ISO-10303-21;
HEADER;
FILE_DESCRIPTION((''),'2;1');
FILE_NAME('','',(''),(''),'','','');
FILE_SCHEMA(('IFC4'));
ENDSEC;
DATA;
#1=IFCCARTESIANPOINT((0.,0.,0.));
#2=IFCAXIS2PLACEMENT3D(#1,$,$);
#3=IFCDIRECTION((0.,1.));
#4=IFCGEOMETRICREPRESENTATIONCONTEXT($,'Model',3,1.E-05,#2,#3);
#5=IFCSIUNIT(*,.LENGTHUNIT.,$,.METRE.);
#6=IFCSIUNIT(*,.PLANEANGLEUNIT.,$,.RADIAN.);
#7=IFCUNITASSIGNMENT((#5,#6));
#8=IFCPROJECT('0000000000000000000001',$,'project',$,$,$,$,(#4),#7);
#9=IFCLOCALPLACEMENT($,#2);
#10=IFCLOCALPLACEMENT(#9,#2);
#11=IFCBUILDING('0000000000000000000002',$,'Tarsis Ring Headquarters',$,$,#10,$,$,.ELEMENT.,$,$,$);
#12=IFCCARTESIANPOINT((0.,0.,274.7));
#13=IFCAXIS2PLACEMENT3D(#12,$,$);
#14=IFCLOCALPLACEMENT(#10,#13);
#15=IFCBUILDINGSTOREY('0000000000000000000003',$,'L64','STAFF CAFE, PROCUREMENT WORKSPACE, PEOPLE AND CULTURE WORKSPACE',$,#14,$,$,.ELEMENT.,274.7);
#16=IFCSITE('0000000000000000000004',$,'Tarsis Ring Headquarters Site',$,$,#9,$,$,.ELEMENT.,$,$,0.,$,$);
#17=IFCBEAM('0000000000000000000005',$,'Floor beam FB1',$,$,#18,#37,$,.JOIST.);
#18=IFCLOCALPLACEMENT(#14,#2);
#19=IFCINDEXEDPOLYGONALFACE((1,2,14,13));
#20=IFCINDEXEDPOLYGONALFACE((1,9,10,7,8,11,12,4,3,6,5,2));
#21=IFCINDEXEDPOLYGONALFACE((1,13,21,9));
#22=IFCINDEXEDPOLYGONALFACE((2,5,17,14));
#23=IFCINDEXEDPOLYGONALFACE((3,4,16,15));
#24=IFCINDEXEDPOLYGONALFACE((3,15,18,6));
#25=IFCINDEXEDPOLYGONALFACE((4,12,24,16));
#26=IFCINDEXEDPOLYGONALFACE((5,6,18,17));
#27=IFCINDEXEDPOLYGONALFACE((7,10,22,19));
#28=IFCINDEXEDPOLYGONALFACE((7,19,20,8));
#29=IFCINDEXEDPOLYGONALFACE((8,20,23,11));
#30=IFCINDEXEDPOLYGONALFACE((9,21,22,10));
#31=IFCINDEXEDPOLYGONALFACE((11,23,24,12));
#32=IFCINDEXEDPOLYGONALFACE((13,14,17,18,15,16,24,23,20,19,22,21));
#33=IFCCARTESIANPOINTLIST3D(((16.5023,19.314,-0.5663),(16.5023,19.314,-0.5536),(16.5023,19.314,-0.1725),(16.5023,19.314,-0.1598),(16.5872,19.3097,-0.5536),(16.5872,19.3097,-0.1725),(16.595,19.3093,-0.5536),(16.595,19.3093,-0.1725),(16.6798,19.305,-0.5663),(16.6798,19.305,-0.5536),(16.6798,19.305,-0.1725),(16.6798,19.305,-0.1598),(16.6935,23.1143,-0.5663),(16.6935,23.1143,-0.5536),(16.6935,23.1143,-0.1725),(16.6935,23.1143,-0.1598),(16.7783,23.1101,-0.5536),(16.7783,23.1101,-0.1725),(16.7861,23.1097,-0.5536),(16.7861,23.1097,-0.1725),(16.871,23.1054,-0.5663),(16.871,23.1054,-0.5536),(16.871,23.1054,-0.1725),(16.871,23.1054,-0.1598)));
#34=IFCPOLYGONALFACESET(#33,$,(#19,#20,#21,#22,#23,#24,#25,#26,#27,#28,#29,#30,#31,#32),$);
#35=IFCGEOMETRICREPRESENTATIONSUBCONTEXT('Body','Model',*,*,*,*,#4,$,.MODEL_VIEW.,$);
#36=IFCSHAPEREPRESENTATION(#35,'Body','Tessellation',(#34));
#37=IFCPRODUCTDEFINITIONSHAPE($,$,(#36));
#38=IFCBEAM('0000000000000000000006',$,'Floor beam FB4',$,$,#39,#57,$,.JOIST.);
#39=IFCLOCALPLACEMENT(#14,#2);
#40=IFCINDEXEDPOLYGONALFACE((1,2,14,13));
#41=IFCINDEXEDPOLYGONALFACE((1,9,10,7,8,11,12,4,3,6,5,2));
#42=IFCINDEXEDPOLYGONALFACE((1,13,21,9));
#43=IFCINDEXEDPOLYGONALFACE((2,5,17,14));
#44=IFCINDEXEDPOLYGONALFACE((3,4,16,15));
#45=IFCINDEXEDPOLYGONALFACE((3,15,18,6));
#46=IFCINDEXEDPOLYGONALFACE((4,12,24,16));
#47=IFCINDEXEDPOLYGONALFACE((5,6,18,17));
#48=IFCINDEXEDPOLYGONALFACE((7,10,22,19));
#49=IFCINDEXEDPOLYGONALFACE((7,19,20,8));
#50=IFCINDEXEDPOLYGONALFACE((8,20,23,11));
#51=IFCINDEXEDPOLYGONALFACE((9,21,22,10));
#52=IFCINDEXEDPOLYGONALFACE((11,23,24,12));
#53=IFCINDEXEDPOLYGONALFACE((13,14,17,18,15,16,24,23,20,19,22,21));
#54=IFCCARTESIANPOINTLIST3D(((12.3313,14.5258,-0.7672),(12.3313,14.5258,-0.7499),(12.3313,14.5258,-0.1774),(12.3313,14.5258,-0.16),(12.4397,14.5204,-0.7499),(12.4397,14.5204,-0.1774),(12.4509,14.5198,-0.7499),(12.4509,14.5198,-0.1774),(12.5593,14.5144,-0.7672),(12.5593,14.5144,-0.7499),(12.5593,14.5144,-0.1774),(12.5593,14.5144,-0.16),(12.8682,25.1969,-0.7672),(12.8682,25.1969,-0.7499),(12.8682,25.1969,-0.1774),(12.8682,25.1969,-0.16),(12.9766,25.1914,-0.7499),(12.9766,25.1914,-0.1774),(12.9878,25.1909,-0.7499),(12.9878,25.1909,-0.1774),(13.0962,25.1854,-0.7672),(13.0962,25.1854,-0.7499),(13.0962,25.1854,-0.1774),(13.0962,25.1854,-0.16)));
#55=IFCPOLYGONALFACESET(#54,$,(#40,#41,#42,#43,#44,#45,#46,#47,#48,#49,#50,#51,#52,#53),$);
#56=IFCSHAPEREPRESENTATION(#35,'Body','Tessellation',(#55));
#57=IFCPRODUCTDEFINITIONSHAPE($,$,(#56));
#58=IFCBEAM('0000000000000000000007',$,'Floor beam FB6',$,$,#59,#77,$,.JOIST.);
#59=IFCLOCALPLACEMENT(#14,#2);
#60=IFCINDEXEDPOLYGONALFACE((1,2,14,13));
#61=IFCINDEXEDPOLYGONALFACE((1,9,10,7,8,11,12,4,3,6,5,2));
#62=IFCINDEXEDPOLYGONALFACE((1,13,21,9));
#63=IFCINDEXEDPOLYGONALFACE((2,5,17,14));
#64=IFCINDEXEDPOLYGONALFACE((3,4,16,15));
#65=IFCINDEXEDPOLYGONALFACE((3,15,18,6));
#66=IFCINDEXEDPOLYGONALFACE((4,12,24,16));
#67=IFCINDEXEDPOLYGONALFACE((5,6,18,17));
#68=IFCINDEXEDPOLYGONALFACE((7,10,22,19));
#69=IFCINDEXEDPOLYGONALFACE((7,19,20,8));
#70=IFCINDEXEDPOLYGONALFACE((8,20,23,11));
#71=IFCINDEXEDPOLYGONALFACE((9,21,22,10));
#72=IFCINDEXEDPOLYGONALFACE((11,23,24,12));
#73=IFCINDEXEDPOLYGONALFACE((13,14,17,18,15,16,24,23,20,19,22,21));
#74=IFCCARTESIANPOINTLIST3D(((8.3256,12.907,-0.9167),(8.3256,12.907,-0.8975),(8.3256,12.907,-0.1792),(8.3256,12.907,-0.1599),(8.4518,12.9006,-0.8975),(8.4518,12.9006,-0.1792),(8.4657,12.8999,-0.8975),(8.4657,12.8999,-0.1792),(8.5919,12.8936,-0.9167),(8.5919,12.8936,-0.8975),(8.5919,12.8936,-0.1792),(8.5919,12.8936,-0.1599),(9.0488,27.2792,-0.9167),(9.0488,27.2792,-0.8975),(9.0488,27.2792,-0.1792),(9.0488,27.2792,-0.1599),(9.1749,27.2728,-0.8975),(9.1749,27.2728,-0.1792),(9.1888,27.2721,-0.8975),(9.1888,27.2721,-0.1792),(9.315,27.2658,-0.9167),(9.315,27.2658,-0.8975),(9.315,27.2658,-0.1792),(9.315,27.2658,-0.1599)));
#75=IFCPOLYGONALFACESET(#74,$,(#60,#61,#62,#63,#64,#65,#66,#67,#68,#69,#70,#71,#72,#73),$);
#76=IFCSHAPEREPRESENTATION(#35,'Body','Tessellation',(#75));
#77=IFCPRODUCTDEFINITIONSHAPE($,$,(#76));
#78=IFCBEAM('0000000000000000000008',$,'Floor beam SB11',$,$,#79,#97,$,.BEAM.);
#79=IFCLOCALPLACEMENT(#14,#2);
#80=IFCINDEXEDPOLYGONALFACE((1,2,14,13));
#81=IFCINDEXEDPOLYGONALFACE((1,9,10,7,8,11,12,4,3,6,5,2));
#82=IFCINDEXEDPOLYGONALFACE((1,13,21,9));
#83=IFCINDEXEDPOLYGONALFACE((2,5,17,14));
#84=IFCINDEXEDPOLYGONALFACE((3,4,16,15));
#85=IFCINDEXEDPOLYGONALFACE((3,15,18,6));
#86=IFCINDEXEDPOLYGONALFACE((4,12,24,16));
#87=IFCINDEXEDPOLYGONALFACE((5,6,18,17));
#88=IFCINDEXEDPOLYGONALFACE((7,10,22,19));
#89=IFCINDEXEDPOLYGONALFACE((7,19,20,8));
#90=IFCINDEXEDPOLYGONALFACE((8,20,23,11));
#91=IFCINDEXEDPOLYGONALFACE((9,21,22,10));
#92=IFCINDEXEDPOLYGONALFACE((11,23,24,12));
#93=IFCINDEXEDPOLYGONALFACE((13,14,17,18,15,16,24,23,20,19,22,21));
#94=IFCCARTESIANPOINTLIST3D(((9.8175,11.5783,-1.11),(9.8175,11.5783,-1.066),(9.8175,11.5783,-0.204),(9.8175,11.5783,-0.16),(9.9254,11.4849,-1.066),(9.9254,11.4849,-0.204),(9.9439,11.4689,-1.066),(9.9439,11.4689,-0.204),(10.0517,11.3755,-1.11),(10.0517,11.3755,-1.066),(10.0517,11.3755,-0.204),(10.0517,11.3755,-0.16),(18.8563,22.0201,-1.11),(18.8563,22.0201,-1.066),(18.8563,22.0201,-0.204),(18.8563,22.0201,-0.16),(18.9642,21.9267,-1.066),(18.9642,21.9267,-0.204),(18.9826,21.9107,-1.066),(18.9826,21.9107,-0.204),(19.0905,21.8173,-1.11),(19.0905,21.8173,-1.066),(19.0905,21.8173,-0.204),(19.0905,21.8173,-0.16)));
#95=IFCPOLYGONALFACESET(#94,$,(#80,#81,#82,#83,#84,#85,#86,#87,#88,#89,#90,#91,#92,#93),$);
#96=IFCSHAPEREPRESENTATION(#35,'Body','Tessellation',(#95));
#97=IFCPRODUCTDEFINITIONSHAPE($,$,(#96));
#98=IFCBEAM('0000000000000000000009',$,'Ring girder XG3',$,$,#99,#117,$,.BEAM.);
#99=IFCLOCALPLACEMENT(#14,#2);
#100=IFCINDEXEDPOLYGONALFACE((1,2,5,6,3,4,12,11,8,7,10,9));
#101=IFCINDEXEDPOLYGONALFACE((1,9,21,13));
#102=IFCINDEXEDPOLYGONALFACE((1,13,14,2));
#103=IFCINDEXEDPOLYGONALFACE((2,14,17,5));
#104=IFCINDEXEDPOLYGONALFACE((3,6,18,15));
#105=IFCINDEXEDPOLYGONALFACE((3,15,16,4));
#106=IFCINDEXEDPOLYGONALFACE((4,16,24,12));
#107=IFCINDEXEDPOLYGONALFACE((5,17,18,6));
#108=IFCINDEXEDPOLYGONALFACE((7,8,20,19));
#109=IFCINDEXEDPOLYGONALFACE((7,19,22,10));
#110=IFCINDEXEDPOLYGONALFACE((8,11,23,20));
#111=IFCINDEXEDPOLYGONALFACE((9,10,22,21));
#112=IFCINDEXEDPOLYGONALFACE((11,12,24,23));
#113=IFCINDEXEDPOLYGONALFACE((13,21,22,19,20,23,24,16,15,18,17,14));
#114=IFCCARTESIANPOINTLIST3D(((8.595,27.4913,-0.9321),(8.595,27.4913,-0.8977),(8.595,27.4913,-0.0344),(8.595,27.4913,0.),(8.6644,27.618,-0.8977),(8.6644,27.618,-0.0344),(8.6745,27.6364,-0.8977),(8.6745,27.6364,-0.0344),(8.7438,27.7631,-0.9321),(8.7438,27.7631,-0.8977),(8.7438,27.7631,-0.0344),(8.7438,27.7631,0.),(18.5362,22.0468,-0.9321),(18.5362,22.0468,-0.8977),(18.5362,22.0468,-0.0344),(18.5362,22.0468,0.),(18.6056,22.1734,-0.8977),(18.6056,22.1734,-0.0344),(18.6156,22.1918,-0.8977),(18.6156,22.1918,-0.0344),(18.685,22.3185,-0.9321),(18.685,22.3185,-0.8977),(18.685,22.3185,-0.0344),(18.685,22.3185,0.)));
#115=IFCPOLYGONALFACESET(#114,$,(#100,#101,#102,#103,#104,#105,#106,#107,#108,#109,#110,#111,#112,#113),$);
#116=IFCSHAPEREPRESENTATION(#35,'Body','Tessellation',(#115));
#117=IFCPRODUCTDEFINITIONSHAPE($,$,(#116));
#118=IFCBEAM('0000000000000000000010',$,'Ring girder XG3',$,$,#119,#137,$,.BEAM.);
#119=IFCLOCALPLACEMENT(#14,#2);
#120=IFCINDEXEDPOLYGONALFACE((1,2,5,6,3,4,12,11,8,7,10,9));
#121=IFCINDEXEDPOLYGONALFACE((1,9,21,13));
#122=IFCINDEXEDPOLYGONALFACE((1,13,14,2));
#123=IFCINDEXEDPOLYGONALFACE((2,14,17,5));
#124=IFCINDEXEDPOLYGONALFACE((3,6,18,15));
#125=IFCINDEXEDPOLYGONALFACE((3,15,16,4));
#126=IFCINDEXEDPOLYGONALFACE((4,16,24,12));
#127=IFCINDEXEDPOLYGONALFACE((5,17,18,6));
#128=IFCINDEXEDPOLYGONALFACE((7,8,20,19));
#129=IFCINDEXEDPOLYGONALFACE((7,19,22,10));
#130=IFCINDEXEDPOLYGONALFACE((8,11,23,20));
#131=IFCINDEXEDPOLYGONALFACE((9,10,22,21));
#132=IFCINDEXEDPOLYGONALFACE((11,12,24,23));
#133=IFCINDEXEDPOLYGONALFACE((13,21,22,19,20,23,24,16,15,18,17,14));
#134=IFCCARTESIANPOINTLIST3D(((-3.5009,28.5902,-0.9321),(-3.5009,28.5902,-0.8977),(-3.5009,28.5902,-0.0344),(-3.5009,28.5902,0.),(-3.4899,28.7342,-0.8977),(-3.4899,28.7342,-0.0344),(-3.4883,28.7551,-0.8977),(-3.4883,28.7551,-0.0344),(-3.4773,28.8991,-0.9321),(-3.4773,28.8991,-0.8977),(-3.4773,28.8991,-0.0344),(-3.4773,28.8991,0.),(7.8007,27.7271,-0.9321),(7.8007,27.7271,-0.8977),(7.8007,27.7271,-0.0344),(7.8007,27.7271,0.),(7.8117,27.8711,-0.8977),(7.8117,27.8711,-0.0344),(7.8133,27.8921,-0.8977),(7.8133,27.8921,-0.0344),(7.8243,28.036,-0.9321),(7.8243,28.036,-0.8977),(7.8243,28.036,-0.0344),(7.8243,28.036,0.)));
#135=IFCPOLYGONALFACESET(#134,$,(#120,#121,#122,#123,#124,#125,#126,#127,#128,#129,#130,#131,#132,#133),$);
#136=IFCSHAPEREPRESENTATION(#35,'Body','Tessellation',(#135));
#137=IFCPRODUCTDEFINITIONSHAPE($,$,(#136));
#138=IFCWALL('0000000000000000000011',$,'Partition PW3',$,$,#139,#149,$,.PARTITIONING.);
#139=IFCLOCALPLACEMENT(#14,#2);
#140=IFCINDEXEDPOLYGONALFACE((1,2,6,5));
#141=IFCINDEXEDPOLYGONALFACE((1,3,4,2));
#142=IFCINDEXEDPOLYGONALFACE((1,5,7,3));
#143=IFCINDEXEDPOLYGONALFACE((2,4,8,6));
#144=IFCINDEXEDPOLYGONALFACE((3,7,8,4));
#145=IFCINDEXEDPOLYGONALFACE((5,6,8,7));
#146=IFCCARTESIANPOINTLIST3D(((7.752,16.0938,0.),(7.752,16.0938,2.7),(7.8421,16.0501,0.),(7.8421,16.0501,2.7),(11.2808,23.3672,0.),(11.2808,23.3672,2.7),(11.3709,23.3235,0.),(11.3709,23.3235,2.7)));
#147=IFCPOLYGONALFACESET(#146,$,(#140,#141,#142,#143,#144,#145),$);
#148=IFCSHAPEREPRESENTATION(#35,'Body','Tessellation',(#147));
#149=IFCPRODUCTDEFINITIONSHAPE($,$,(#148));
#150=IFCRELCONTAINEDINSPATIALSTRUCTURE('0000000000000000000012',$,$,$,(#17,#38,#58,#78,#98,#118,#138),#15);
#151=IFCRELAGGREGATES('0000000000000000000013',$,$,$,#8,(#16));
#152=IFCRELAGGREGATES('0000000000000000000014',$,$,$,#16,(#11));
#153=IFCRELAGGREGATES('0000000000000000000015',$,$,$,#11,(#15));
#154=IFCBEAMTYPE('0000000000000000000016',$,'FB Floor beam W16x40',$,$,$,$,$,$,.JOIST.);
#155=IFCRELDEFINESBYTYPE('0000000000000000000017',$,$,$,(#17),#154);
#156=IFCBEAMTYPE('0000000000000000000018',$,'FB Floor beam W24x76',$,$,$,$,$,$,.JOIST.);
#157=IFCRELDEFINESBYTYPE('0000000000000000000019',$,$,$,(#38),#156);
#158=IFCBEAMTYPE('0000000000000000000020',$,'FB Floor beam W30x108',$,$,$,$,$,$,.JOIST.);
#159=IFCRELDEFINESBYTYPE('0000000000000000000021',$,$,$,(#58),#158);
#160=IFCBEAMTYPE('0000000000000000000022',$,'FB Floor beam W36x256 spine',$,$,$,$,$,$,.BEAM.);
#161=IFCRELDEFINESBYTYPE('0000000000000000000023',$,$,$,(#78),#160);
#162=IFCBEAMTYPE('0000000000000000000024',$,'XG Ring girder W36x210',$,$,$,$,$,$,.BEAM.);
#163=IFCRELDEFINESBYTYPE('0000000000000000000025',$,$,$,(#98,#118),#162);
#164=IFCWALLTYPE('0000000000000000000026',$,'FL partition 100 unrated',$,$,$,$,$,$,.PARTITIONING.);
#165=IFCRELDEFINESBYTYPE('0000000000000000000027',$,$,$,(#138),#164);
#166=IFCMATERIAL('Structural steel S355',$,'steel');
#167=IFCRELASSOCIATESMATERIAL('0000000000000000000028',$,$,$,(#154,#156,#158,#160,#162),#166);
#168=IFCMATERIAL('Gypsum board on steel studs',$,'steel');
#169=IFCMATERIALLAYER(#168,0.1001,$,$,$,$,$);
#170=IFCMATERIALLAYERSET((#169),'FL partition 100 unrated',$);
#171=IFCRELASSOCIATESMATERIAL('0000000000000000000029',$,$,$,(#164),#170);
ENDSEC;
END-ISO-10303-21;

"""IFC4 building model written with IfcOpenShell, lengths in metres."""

from ifc_helpers import new_model, si_unit, direction, frame, frame_2d, origin, origin_2d, place, context, subcontext, project, spatial, rectangle, i_section, extrude, material, layer, layer_set, material_profile, profile_set, type_object, element, save


model = new_model("IFC4")

# Units and contexts
model_context = context("Model", 3, precision=1e-05, world=origin(), true_north=direction((0.0, 1.0)))
body_context = subcontext(model_context, "Body", "Model", "MODEL_VIEW")
ifc_project = project(units=[si_unit("LENGTHUNIT", "METRE"), si_unit("PLANEANGLEUNIT", "RADIAN")], contexts=[model_context])

# Site, building, storey
site_placement = place(None, origin())
site = spatial("IfcSite", under=ifc_project, at=site_placement, Name="Tarsis Ring Headquarters Site", CompositionType="ELEMENT", RefElevation=0.0)
building_placement = place(site_placement, origin())
building = spatial("IfcBuilding", under=site, at=building_placement, Name="Tarsis Ring Headquarters", CompositionType="ELEMENT")
storey_placement = place(building_placement, frame((0.0, 0.0, 274.7)))
storey = spatial("IfcBuildingStorey", under=building, at=storey_placement, Name="L64", Description="STAFF CAFE, PROCUREMENT WORKSPACE, PEOPLE AND CULTURE WORKSPACE", CompositionType="ELEMENT", Elevation=274.7)

# Shared definitions
ifc_material_1 = material(Name="Structural steel S355", Category="steel")

# Beams
ifc_material_profile_1 = material_profile(ifc_material_1, i_section(OverallWidth=0.1777, OverallDepth=0.4065, WebThickness=0.0078, FlangeThickness=0.0127, at=origin_2d()), Name="W16x40")
ifc_profile_set_1 = profile_set([ifc_material_profile_1], Name="Structural steel S355")
beam_type_1 = type_object("IfcBeamType", Name="FB Floor beam W16x40", PredefinedType="JOIST", material=ifc_profile_set_1)
for number, where, z_axis, x_axis, name in (
    (1, (16.7822, 23.1099, -0.363), (-0.050238, -0.998737, 0.0), (0.998737, -0.050238, 0.0), "Floor beam FB1"),
):
    element("IfcBeam", number, at=place(storey_placement, frame(where, z_axis=z_axis, x_axis=x_axis)), inside=storey, type_object=beam_type_1, Name=name, PredefinedType="JOIST", context=body_context, shape_type="SweptSolid", body=[
        extrude(i_section(OverallWidth=0.1777, OverallDepth=0.4065, WebThickness=0.0078, FlangeThickness=0.0127, at=origin_2d()), origin(), (0.0, 0.0, 1.0), 3.8052),
    ])
ifc_material_profile_2 = material_profile(ifc_material_1, i_section(OverallWidth=0.2283, OverallDepth=0.6072, WebThickness=0.0112, FlangeThickness=0.0173, at=origin_2d()), Name="W24x76")
ifc_profile_set_2 = profile_set([ifc_material_profile_2], Name="Structural steel S355")
beam_type_2 = type_object("IfcBeamType", Name="FB Floor beam W24x76", PredefinedType="JOIST", material=ifc_profile_set_2)
beam_1_placement = place(storey_placement, frame((12.9822, 25.1912, -0.4636), z_axis=(-0.050246, -0.998737, 0.0), x_axis=(0.998737, -0.050246, 0.0)))
element("IfcBeam", 2, at=beam_1_placement, inside=storey, type_object=beam_type_2, Name="Floor beam FB4", PredefinedType="JOIST", context=body_context, shape_type="SweptSolid", body=[
    extrude(i_section(OverallWidth=0.2283, OverallDepth=0.6072, WebThickness=0.0112, FlangeThickness=0.0173, at=origin_2d()), origin(), (0.0, 0.0, 1.0), 10.6846),
])
ifc_material_profile_3 = material_profile(ifc_material_1, i_section(OverallWidth=0.2666, OverallDepth=0.7568, WebThickness=0.0139, FlangeThickness=0.0193, at=origin_2d()), Name="W30x108")
ifc_profile_set_3 = profile_set([ifc_material_profile_3], Name="Structural steel S355")
beam_type_3 = type_object("IfcBeamType", Name="FB Floor beam W30x108", PredefinedType="JOIST", material=ifc_profile_set_3)
beam_2_placement = place(storey_placement, frame((9.1819, 27.2725, -0.5383), z_axis=(-0.050252, -0.998737, 0.0), x_axis=(0.998737, -0.050252, 0.0)))
element("IfcBeam", 3, at=beam_2_placement, inside=storey, type_object=beam_type_3, Name="Floor beam FB6", PredefinedType="JOIST", context=body_context, shape_type="SweptSolid", body=[
    extrude(i_section(OverallWidth=0.2666, OverallDepth=0.7568, WebThickness=0.0139, FlangeThickness=0.0193, at=origin_2d()), origin(), (0.0, 0.0, 1.0), 14.3904),
])
ifc_material_profile_4 = material_profile(ifc_material_1, i_section(OverallWidth=0.3098, OverallDepth=0.95, WebThickness=0.0244, FlangeThickness=0.0439, at=origin_2d()), Name="W36x256")
ifc_profile_set_4 = profile_set([ifc_material_profile_4], Name="Structural steel S355")
beam_type_4 = type_object("IfcBeamType", Name="FB Floor beam W36x256 spine", PredefinedType="BEAM", material=ifc_profile_set_4)
beam_3_placement = place(storey_placement, frame((18.9734, 21.9187, -0.635), z_axis=(-0.654483, -0.756077, 0.0), x_axis=(0.756077, -0.654483, 0.0)))
element("IfcBeam", 4, at=beam_3_placement, inside=storey, type_object=beam_type_4, Name="Floor beam SB11", PredefinedType="BEAM", context=body_context, shape_type="SweptSolid", body=[
    extrude(i_section(OverallWidth=0.3098, OverallDepth=0.95, WebThickness=0.0244, FlangeThickness=0.0439, at=origin_2d()), origin(), (0.0, 0.0, 1.0), 13.8105),
])
ifc_material_profile_5 = material_profile(ifc_material_1, i_section(OverallWidth=0.3098, OverallDepth=0.9321, WebThickness=0.021, FlangeThickness=0.0344, at=origin_2d()), Name="W36x210")
ifc_profile_set_5 = profile_set([ifc_material_profile_5], Name="Structural steel S355")
beam_type_5 = type_object("IfcBeamType", Name="XG Ring girder W36x210", PredefinedType="BEAM", material=ifc_profile_set_5)
for number, where, z_axis, x_axis, name in (
    (5, (18.6106, 22.1826, -0.4661), (-0.877074, 0.480356, 0.0), (-0.480356, -0.877074, 0.0), "Ring girder XG3"),
    (6, (7.8125, 27.8816, -0.4661), (-0.997097, 0.076143, 0.0), (-0.076143, -0.997097, 0.0), "Ring girder XG3"),
):
    element("IfcBeam", number, at=place(storey_placement, frame(where, z_axis=z_axis, x_axis=x_axis)), inside=storey, type_object=beam_type_5, Name=name, PredefinedType="BEAM", context=body_context, shape_type="SweptSolid", body=[
        extrude(i_section(OverallWidth=0.3098, OverallDepth=0.9321, WebThickness=0.021, FlangeThickness=0.0344, at=origin_2d()), origin(), (0.0, 0.0, 1.0), 11.3345),
    ])

# Wall
ifc_material_2 = material(Name="Gypsum board on steel studs", Category="steel")
ifc_layer_1 = layer(ifc_material_2, 0.1001)
ifc_layer_set_1 = layer_set([ifc_layer_1], Name="FL partition 100 unrated")
wall_type_1 = type_object("IfcWallType", Name="FL partition 100 unrated", PredefinedType="PARTITIONING", material=ifc_layer_set_1)
wall_1_placement = place(storey_placement, frame((7.7971, 16.072, 0.0), z_axis=(0.0, 0.0, 1.0), x_axis=(0.436503, 0.899703, 0.0)))
element("IfcWall", 7, at=wall_1_placement, inside=storey, type_object=wall_type_1, Name="Partition PW3", PredefinedType="PARTITIONING", context=body_context, shape_type="SweptSolid", body=[
    extrude(rectangle(XDim=8.0842, YDim=0.1001, at=frame_2d((4.042, 0.0))), origin(), (0.0, 0.0, 1.0), 2.7),
])

save(model, "model.ifc")
